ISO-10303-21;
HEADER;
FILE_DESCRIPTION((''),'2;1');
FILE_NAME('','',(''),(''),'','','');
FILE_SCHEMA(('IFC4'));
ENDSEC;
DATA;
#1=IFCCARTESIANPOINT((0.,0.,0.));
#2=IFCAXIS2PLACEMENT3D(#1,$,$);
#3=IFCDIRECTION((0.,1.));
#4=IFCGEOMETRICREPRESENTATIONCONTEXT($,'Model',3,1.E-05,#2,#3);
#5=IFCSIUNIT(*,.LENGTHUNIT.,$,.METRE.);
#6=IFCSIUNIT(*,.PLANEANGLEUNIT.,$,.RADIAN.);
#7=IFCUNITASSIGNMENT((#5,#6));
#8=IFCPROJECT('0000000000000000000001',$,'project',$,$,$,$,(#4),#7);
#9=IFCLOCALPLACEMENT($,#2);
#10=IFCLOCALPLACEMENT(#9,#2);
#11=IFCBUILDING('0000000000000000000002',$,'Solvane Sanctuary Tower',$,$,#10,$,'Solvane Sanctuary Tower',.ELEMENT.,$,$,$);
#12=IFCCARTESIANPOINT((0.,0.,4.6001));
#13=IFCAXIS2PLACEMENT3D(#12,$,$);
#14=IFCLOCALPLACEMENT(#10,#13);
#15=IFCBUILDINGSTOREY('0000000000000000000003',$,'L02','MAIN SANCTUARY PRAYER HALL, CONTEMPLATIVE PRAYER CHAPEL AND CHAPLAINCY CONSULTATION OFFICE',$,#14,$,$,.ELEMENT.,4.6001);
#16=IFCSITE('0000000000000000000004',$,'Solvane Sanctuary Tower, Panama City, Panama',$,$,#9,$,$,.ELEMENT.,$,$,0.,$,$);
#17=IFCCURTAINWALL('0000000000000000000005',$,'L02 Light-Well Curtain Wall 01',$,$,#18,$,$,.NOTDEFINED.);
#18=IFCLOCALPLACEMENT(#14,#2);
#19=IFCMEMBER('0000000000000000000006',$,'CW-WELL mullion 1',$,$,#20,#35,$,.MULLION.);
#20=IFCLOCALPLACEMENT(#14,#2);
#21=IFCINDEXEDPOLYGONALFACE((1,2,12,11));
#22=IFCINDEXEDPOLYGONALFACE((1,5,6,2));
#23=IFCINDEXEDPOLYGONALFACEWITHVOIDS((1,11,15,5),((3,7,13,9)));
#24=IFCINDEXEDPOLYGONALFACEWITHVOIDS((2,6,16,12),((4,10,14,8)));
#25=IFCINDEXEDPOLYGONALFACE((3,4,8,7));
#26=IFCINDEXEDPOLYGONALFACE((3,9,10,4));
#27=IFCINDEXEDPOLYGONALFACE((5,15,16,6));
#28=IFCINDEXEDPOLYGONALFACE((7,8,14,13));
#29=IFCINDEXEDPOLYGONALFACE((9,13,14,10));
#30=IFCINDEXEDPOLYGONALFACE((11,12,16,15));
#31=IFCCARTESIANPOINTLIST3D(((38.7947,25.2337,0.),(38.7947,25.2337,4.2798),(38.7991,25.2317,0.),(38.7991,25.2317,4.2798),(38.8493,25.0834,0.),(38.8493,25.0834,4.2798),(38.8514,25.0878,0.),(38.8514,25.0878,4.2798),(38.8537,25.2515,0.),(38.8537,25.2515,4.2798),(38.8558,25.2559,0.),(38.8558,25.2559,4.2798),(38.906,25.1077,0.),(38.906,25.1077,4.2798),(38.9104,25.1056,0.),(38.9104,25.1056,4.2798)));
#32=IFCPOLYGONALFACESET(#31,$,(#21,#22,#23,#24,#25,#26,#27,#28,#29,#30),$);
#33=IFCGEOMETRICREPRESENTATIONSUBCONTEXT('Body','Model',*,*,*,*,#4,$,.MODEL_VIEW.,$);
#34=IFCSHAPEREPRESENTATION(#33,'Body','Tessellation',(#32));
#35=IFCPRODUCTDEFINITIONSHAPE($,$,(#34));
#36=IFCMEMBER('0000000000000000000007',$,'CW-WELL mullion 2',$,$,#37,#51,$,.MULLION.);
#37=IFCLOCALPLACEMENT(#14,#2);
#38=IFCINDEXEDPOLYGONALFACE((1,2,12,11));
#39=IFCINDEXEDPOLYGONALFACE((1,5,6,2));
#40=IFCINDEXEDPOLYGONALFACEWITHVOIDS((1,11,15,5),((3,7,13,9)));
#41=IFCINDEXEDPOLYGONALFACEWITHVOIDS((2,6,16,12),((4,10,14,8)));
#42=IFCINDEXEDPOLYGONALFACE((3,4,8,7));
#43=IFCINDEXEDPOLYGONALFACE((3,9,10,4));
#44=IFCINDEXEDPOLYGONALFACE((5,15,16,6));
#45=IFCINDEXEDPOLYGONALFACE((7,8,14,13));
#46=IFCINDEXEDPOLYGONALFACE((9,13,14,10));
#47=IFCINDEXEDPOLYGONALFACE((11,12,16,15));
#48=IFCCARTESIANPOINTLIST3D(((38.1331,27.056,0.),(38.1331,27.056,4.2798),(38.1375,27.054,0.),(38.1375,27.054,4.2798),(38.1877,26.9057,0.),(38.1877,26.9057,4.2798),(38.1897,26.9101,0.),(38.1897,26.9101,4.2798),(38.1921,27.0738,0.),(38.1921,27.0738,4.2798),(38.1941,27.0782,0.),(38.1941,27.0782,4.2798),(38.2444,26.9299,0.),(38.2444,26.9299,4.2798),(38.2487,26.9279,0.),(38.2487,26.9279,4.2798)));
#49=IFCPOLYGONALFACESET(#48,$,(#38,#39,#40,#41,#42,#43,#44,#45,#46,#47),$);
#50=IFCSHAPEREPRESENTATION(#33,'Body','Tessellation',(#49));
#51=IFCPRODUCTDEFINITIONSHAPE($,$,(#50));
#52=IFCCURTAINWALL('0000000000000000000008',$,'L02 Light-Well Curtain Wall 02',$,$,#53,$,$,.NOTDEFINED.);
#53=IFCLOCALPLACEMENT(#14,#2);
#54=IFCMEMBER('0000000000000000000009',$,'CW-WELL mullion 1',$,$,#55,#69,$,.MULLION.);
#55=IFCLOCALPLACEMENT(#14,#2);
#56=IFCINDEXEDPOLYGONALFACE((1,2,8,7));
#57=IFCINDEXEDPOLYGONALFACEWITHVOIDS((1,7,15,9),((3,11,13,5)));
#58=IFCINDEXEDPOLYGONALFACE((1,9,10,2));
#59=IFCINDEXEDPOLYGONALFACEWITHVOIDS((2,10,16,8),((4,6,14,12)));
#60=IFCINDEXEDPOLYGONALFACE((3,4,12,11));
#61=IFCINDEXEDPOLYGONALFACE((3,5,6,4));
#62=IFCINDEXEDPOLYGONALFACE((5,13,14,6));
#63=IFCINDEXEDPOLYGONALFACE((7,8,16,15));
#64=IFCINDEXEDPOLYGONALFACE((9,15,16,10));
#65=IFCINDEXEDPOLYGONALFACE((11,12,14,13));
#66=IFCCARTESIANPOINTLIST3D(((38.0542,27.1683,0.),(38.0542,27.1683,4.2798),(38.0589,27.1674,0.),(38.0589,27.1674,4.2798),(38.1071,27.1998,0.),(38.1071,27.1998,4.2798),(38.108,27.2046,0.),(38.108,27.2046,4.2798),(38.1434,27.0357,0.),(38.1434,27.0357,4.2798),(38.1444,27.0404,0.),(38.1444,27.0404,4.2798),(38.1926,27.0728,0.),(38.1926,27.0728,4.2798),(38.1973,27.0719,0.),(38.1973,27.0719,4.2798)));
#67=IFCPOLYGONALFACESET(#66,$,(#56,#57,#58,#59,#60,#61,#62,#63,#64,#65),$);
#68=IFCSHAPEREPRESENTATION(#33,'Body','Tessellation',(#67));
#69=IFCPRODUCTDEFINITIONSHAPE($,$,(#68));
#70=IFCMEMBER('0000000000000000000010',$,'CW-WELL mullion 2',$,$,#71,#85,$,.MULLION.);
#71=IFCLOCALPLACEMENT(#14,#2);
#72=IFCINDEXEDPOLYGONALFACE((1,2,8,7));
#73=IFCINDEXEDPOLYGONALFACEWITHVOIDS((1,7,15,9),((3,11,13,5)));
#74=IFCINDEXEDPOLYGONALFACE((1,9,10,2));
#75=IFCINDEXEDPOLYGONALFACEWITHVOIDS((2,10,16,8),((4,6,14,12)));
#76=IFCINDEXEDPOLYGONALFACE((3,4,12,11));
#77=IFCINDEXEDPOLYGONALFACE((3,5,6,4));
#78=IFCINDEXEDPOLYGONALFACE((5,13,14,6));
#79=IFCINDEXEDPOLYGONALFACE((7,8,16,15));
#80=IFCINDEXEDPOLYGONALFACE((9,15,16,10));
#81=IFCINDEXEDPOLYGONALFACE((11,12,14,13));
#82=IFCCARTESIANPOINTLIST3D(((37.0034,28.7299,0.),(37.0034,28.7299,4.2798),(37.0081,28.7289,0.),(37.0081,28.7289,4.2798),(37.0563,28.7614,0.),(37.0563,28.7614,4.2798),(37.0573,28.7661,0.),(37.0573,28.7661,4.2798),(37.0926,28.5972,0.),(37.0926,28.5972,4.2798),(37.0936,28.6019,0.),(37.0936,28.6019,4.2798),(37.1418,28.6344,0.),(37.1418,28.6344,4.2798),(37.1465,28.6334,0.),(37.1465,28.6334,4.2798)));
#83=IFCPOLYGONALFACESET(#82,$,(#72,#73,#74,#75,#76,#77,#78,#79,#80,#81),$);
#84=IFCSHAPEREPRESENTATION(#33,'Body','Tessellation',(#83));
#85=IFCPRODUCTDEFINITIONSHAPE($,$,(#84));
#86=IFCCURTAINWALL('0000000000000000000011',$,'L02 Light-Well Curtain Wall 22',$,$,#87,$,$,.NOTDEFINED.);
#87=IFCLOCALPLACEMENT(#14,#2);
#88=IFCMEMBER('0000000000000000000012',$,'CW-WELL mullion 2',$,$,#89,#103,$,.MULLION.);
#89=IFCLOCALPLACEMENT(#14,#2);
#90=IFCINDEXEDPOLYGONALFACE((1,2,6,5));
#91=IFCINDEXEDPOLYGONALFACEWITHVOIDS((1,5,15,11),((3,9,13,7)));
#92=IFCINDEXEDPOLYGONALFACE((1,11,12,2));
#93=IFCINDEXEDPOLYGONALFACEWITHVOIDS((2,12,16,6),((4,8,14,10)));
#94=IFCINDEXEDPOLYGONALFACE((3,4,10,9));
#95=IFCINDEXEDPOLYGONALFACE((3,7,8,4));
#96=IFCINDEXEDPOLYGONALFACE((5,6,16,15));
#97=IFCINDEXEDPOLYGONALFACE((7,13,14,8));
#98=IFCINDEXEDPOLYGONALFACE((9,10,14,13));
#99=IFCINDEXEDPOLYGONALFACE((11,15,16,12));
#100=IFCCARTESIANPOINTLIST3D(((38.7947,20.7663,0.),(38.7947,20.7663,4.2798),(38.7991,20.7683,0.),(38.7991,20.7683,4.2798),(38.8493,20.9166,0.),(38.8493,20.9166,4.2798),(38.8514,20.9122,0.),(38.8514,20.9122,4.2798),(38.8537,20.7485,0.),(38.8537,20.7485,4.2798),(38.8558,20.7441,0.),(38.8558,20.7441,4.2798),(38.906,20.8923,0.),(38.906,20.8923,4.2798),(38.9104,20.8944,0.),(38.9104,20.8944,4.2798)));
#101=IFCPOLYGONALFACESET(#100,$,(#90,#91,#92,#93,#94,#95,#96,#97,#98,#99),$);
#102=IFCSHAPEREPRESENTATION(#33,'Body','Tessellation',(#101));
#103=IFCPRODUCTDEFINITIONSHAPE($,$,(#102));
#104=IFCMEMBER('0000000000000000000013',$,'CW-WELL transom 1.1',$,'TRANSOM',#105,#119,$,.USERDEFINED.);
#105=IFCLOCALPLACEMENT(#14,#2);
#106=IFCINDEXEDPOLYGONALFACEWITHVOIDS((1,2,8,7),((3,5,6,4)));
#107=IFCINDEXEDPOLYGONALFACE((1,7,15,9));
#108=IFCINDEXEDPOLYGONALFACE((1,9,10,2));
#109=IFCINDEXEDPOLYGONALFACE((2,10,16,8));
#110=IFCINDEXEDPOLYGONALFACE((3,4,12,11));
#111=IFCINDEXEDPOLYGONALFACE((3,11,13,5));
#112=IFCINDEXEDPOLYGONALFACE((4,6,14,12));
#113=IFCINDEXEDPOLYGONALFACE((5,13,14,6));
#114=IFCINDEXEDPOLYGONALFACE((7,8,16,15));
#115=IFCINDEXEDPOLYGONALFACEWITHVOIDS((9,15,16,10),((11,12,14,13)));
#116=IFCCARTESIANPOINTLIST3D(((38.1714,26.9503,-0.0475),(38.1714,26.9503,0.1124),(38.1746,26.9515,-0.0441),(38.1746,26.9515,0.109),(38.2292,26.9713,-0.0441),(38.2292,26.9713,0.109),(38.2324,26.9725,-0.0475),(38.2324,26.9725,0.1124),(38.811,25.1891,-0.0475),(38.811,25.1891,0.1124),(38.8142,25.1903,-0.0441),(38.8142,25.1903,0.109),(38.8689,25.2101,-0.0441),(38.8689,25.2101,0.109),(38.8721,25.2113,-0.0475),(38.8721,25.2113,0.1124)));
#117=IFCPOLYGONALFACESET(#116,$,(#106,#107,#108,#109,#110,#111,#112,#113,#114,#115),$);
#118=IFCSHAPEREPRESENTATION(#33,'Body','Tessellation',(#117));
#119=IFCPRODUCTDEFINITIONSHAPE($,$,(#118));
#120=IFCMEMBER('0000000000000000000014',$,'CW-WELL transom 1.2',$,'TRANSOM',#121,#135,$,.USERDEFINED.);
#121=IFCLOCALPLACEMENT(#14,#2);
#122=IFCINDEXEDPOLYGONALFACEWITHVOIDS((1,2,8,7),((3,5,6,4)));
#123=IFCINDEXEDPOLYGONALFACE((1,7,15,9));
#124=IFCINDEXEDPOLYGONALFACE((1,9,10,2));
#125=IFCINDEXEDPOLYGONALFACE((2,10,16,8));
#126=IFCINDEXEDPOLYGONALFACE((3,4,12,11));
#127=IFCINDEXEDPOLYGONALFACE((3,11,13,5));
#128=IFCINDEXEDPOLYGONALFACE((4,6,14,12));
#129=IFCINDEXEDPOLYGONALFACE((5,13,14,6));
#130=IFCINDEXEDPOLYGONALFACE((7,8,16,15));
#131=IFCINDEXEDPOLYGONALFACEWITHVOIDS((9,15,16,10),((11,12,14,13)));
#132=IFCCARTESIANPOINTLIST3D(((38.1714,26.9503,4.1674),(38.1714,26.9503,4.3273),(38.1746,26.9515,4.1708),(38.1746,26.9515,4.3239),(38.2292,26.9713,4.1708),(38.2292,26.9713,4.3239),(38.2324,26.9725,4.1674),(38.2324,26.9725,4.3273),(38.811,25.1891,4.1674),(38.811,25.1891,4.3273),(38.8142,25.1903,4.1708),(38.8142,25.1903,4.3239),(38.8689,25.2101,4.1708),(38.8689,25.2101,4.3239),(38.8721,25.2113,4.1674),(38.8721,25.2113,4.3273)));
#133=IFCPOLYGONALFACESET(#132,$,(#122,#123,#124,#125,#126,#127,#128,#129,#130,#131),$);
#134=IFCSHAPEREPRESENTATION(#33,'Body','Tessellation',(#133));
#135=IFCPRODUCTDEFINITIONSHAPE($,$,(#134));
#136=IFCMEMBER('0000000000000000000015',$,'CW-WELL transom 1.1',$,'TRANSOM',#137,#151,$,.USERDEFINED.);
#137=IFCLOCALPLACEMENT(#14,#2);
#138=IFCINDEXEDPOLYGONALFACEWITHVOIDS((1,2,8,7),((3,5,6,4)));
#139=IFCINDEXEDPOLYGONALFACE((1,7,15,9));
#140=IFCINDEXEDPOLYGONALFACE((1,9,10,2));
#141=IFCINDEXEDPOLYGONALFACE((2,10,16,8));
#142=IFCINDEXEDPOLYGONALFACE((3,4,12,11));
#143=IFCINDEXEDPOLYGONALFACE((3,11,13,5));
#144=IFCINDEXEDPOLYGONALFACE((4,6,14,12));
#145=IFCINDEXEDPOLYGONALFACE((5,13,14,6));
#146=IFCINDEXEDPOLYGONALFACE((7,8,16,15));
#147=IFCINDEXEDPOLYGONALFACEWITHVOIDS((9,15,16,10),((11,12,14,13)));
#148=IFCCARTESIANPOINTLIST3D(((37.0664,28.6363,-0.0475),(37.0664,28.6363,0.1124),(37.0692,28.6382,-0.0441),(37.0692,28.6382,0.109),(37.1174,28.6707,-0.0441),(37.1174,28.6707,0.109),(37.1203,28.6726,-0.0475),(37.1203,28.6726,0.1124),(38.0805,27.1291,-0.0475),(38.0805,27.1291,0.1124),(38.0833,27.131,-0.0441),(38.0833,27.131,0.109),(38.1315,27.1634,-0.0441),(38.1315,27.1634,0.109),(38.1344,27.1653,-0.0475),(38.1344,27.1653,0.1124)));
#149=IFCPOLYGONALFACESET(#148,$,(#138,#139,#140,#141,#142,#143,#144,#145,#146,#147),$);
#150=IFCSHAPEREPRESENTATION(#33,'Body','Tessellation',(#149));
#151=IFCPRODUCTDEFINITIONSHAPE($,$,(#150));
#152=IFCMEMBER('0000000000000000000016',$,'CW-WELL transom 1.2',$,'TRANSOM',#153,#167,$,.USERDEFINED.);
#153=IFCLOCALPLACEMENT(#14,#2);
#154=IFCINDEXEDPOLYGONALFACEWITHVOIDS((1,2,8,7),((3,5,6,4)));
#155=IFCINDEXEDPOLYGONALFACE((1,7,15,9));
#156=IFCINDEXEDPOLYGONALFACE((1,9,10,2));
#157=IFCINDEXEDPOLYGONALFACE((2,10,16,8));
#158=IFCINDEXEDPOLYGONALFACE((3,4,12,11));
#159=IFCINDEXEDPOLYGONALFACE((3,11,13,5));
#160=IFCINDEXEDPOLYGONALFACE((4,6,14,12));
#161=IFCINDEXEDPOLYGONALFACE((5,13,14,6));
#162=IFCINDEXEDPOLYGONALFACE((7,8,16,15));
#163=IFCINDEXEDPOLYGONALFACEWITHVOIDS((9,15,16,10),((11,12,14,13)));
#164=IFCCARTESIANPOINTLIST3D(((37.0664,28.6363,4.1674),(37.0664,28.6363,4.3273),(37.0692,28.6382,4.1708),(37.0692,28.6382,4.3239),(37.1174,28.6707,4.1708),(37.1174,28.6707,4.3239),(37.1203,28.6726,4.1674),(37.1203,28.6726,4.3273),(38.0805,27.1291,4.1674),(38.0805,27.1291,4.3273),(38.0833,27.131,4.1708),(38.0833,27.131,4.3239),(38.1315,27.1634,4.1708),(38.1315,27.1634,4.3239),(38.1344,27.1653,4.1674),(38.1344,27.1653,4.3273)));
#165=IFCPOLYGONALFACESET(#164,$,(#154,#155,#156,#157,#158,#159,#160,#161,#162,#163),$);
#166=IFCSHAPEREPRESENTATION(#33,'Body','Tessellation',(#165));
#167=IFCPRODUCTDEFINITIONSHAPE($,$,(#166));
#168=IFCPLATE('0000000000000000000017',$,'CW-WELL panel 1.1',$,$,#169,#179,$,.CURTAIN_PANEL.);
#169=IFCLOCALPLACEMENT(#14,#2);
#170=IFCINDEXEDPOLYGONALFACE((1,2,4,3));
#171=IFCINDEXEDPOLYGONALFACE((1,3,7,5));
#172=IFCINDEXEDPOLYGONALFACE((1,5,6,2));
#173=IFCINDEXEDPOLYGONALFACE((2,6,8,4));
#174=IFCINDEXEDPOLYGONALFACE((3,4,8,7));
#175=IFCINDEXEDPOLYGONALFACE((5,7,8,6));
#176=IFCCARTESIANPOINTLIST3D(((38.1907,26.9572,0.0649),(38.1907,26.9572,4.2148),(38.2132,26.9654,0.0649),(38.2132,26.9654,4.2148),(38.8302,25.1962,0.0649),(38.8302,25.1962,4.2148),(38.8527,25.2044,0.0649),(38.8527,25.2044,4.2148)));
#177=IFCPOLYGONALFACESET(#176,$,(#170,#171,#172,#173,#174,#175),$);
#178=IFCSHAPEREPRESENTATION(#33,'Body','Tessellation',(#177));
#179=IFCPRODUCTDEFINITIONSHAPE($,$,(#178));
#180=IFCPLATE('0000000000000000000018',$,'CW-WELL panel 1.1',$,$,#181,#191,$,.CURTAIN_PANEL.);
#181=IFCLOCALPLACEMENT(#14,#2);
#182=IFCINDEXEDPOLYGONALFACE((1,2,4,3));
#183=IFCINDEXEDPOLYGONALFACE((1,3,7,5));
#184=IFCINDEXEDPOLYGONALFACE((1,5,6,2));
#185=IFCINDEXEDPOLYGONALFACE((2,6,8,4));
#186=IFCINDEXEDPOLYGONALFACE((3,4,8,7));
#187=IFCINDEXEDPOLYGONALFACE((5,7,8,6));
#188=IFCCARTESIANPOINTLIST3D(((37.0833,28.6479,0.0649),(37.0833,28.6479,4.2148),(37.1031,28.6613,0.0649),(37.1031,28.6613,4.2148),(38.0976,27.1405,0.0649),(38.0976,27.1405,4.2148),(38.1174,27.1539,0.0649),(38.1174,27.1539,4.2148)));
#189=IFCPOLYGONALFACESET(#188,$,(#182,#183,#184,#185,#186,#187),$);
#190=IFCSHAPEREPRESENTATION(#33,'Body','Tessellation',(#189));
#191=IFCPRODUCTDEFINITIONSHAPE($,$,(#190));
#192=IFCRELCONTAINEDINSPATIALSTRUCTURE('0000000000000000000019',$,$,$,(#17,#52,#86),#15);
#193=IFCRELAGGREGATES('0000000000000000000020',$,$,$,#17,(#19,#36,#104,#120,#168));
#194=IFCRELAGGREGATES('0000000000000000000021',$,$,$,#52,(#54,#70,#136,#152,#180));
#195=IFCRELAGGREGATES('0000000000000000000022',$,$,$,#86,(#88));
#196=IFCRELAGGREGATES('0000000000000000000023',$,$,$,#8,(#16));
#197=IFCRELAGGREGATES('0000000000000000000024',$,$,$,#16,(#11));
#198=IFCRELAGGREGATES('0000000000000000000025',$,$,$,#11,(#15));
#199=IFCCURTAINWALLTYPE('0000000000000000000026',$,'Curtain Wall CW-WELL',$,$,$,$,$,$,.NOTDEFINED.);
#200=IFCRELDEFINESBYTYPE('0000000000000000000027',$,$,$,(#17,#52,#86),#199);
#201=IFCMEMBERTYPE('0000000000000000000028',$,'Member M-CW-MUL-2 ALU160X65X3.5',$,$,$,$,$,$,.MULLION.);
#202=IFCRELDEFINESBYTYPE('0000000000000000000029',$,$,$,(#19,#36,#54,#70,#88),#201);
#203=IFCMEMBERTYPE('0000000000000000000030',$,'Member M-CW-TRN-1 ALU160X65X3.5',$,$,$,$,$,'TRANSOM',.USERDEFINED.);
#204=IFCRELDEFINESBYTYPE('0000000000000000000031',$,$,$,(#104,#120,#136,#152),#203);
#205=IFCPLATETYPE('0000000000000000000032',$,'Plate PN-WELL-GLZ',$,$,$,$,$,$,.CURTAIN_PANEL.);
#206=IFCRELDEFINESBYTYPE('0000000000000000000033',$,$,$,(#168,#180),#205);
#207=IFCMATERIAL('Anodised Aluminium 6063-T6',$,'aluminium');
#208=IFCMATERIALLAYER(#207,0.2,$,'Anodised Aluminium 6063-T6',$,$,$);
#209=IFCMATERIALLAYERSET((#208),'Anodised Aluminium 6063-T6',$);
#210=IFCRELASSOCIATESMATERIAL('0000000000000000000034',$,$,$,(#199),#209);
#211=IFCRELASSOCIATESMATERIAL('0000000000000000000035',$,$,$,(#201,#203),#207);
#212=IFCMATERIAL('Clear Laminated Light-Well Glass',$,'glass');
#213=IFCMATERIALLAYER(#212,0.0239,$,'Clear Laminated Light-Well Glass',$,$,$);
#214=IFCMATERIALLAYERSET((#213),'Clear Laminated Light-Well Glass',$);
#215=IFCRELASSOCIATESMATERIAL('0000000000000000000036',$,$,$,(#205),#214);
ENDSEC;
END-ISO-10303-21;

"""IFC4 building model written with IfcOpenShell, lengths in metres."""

from ifc_helpers import new_model, si_unit, direction, frame, origin, origin_2d, place, context, subcontext, project, spatial, rectangle, hollow_rectangle, extrude, material, layer, layer_set, material_profile, profile_set, type_object, element, aggregate, save


model = new_model("IFC4")

# Units and contexts
model_context = context("Model", 3, precision=1e-05, world=origin(), true_north=direction((0.0, 1.0)))
body_context = subcontext(model_context, "Body", "Model", "MODEL_VIEW")
ifc_project = project(units=[si_unit("LENGTHUNIT", "METRE"), si_unit("PLANEANGLEUNIT", "RADIAN")], contexts=[model_context])

# Site, building, storey
site_placement = place(None, origin())
site = spatial("IfcSite", under=ifc_project, at=site_placement, Name="Solvane Sanctuary Tower, Panama City, Panama", CompositionType="ELEMENT", RefElevation=0.0)
building_placement = place(site_placement, origin())
building = spatial("IfcBuilding", under=site, at=building_placement, Name="Solvane Sanctuary Tower", LongName="Solvane Sanctuary Tower", CompositionType="ELEMENT")
storey_placement = place(building_placement, frame((0.0, 0.0, 4.6001)))
storey = spatial("IfcBuildingStorey", under=building, at=storey_placement, Name="L02", Description="MAIN SANCTUARY PRAYER HALL, CONTEMPLATIVE PRAYER CHAPEL AND CHAPLAINCY CONSULTATION OFFICE", CompositionType="ELEMENT", Elevation=4.6001)

# Curtain walls, members
ifc_material_1 = material(Name="Anodised Aluminium 6063-T6", Category="aluminium")
ifc_layer_1 = layer(ifc_material_1, 0.2, Name="Anodised Aluminium 6063-T6")
ifc_layer_set_1 = layer_set([ifc_layer_1], Name="Anodised Aluminium 6063-T6")
curtain_wall_type = type_object("IfcCurtainWallType", Name="Curtain Wall CW-WELL", PredefinedType="NOTDEFINED", material=ifc_layer_set_1)
curtain_wall_1_placement = place(storey_placement, origin())
curtain_wall_1 = element("IfcCurtainWall", 1, at=curtain_wall_1_placement, inside=storey, type_object=curtain_wall_type, Name="L02 Light-Well Curtain Wall 01", PredefinedType="NOTDEFINED")
ifc_material_profile_1 = material_profile(ifc_material_1, hollow_rectangle(XDim=0.0649, YDim=0.1599, WallThickness=0.0034, at=origin_2d()), Name="ALU160X65X3.5")
ifc_profile_set_1 = profile_set([ifc_material_profile_1], Name="Anodised Aluminium 6063-T6")
member_type_1 = type_object("IfcMemberType", Name="Member M-CW-MUL-2 ALU160X65X3.5", PredefinedType="MULLION", material=ifc_profile_set_1)
member_1_placement = place(storey_placement, frame((38.8525, 25.1697, 0.0), z_axis=(0.0, 0.0, 1.0), x_axis=(-0.939938, -0.341346, 0.0)))
member_1 = element("IfcMember", 2, at=member_1_placement, type_object=member_type_1, Name="CW-WELL mullion 1", PredefinedType="MULLION", context=body_context, shape_type="SweptSolid", body=[
    extrude(hollow_rectangle(XDim=0.0649, YDim=0.1599, WallThickness=0.0034, at=origin_2d()), origin(), (0.0, 0.0, 1.0), 4.2798),
])
member_2_placement = place(storey_placement, frame((38.1909, 26.9919, 0.0), z_axis=(0.0, 0.0, 1.0), x_axis=(-0.939938, -0.341346, 0.0)))
member_2 = element("IfcMember", 3, at=member_2_placement, type_object=member_type_1, Name="CW-WELL mullion 2", PredefinedType="MULLION", context=body_context, shape_type="SweptSolid", body=[
    extrude(hollow_rectangle(XDim=0.0649, YDim=0.1599, WallThickness=0.0034, at=origin_2d()), origin(), (0.0, 0.0, 1.0), 4.2798),
])
curtain_wall_2_placement = place(storey_placement, origin())
curtain_wall_2 = element("IfcCurtainWall", 4, at=curtain_wall_2_placement, inside=storey, type_object=curtain_wall_type, Name="L02 Light-Well Curtain Wall 02", PredefinedType="NOTDEFINED")
member_3_placement = place(storey_placement, frame((38.1257, 27.1201, 0.0), z_axis=(0.0, 0.0, 1.0), x_axis=(-0.829664, -0.558263, 0.0)))
member_3 = element("IfcMember", 5, at=member_3_placement, type_object=member_type_1, Name="CW-WELL mullion 1", PredefinedType="MULLION", context=body_context, shape_type="SweptSolid", body=[
    extrude(hollow_rectangle(XDim=0.0649, YDim=0.1599, WallThickness=0.0034, at=origin_2d()), origin(), (0.0, 0.0, 1.0), 4.2798),
])
member_4_placement = place(storey_placement, frame((37.075, 28.6816, 0.0), z_axis=(0.0, 0.0, 1.0), x_axis=(-0.829664, -0.558263, 0.0)))
member_4 = element("IfcMember", 6, at=member_4_placement, type_object=member_type_1, Name="CW-WELL mullion 2", PredefinedType="MULLION", context=body_context, shape_type="SweptSolid", body=[
    extrude(hollow_rectangle(XDim=0.0649, YDim=0.1599, WallThickness=0.0034, at=origin_2d()), origin(), (0.0, 0.0, 1.0), 4.2798),
])

# Curtain wall, member
curtain_wall_3_placement = place(storey_placement, origin())
curtain_wall_3 = element("IfcCurtainWall", 7, at=curtain_wall_3_placement, inside=storey, type_object=curtain_wall_type, Name="L02 Light-Well Curtain Wall 22", PredefinedType="NOTDEFINED")
member_5_placement = place(storey_placement, frame((38.8525, 20.8303, 0.0), z_axis=(0.0, 0.0, 1.0), x_axis=(-0.939938, 0.341346, 0.0)))
member_5 = element("IfcMember", 8, at=member_5_placement, type_object=member_type_1, Name="CW-WELL mullion 2", PredefinedType="MULLION", context=body_context, shape_type="SweptSolid", body=[
    extrude(hollow_rectangle(XDim=0.0649, YDim=0.1599, WallThickness=0.0034, at=origin_2d()), origin(), (0.0, 0.0, 1.0), 4.2798),
])

# Members
ifc_material_profile_2 = material_profile(ifc_material_1, hollow_rectangle(XDim=0.0649, YDim=0.1599, WallThickness=0.0034, at=origin_2d()), Name="ALU160X65X3.5")
ifc_profile_set_2 = profile_set([ifc_material_profile_2], Name="Anodised Aluminium 6063-T6")
member_type_2 = type_object("IfcMemberType", Name="Member M-CW-TRN-1 ALU160X65X3.5", ElementType="TRANSOM", PredefinedType="USERDEFINED", material=ifc_profile_set_2)
member_6_placement = place(storey_placement, frame((38.8416, 25.2002, 0.0325), z_axis=(-0.341366, 0.93993, 0.0), x_axis=(-0.93993, -0.341366, 0.0)))
member_6 = element("IfcMember", 9, at=member_6_placement, type_object=member_type_2, Name="CW-WELL transom 1.1", ObjectType="TRANSOM", PredefinedType="USERDEFINED", context=body_context, shape_type="SweptSolid", body=[
    extrude(hollow_rectangle(XDim=0.0649, YDim=0.1599, WallThickness=0.0034, at=origin_2d()), origin(), (0.0, 0.0, 1.0), 1.8738),
])
member_7_placement = place(storey_placement, frame((38.8416, 25.2002, 4.2473), z_axis=(-0.341366, 0.93993, 0.0), x_axis=(-0.93993, -0.341366, 0.0)))
member_7 = element("IfcMember", 10, at=member_7_placement, type_object=member_type_2, Name="CW-WELL transom 1.2", ObjectType="TRANSOM", PredefinedType="USERDEFINED", context=body_context, shape_type="SweptSolid", body=[
    extrude(hollow_rectangle(XDim=0.0649, YDim=0.1599, WallThickness=0.0034, at=origin_2d()), origin(), (0.0, 0.0, 1.0), 1.8738),
])
member_8_placement = place(storey_placement, frame((38.1074, 27.1472, 0.0325), z_axis=(-0.558231, 0.829686, 0.0), x_axis=(-0.829686, -0.558231, 0.0)))
member_8 = element("IfcMember", 11, at=member_8_placement, type_object=member_type_2, Name="CW-WELL transom 1.1", ObjectType="TRANSOM", PredefinedType="USERDEFINED", context=body_context, shape_type="SweptSolid", body=[
    extrude(hollow_rectangle(XDim=0.0649, YDim=0.1599, WallThickness=0.0034, at=origin_2d()), origin(), (0.0, 0.0, 1.0), 1.8167),
])
member_9_placement = place(storey_placement, frame((38.1074, 27.1472, 4.2473), z_axis=(-0.558231, 0.829686, 0.0), x_axis=(-0.829686, -0.558231, 0.0)))
member_9 = element("IfcMember", 12, at=member_9_placement, type_object=member_type_2, Name="CW-WELL transom 1.2", ObjectType="TRANSOM", PredefinedType="USERDEFINED", context=body_context, shape_type="SweptSolid", body=[
    extrude(hollow_rectangle(XDim=0.0649, YDim=0.1599, WallThickness=0.0034, at=origin_2d()), origin(), (0.0, 0.0, 1.0), 1.8167),
])

# Plates
ifc_material_2 = material(Name="Clear Laminated Light-Well Glass", Category="glass")
ifc_layer_2 = layer(ifc_material_2, 0.0239, Name="Clear Laminated Light-Well Glass")
ifc_layer_set_2 = layer_set([ifc_layer_2], Name="Clear Laminated Light-Well Glass")
plate_type = type_object("IfcPlateType", Name="Plate PN-WELL-GLZ", PredefinedType="CURTAIN_PANEL", material=ifc_layer_set_2)
plate_1_placement = place(storey_placement, frame((38.5217, 26.0808, 0.0649), z_axis=(0.0, 0.0, 1.0), x_axis=(-0.341346, 0.939938, 0.0)))
plate_1 = element("IfcPlate", 13, at=plate_1_placement, type_object=plate_type, Name="CW-WELL panel 1.1", PredefinedType="CURTAIN_PANEL", context=body_context, shape_type="SweptSolid", body=[
    extrude(rectangle(XDim=1.8735, YDim=0.0239, at=origin_2d()), origin(), (0.0, 0.0, 1.0), 4.1499),
])
aggregate(curtain_wall_1, [member_1, member_2, member_6, member_7, plate_1])
plate_2_placement = place(storey_placement, frame((37.6003, 27.9009, 0.0649), z_axis=(0.0, 0.0, 1.0), x_axis=(-0.558263, 0.829664, 0.0)))
plate_2 = element("IfcPlate", 14, at=plate_2_placement, type_object=plate_type, Name="CW-WELL panel 1.1", PredefinedType="CURTAIN_PANEL", context=body_context, shape_type="SweptSolid", body=[
    extrude(rectangle(XDim=1.8169, YDim=0.0239, at=origin_2d()), origin(), (0.0, 0.0, 1.0), 4.1499),
])
aggregate(curtain_wall_2, [member_3, member_4, member_8, member_9, plate_2])
aggregate(curtain_wall_3, [member_5])

save(model, "model.ifc")
